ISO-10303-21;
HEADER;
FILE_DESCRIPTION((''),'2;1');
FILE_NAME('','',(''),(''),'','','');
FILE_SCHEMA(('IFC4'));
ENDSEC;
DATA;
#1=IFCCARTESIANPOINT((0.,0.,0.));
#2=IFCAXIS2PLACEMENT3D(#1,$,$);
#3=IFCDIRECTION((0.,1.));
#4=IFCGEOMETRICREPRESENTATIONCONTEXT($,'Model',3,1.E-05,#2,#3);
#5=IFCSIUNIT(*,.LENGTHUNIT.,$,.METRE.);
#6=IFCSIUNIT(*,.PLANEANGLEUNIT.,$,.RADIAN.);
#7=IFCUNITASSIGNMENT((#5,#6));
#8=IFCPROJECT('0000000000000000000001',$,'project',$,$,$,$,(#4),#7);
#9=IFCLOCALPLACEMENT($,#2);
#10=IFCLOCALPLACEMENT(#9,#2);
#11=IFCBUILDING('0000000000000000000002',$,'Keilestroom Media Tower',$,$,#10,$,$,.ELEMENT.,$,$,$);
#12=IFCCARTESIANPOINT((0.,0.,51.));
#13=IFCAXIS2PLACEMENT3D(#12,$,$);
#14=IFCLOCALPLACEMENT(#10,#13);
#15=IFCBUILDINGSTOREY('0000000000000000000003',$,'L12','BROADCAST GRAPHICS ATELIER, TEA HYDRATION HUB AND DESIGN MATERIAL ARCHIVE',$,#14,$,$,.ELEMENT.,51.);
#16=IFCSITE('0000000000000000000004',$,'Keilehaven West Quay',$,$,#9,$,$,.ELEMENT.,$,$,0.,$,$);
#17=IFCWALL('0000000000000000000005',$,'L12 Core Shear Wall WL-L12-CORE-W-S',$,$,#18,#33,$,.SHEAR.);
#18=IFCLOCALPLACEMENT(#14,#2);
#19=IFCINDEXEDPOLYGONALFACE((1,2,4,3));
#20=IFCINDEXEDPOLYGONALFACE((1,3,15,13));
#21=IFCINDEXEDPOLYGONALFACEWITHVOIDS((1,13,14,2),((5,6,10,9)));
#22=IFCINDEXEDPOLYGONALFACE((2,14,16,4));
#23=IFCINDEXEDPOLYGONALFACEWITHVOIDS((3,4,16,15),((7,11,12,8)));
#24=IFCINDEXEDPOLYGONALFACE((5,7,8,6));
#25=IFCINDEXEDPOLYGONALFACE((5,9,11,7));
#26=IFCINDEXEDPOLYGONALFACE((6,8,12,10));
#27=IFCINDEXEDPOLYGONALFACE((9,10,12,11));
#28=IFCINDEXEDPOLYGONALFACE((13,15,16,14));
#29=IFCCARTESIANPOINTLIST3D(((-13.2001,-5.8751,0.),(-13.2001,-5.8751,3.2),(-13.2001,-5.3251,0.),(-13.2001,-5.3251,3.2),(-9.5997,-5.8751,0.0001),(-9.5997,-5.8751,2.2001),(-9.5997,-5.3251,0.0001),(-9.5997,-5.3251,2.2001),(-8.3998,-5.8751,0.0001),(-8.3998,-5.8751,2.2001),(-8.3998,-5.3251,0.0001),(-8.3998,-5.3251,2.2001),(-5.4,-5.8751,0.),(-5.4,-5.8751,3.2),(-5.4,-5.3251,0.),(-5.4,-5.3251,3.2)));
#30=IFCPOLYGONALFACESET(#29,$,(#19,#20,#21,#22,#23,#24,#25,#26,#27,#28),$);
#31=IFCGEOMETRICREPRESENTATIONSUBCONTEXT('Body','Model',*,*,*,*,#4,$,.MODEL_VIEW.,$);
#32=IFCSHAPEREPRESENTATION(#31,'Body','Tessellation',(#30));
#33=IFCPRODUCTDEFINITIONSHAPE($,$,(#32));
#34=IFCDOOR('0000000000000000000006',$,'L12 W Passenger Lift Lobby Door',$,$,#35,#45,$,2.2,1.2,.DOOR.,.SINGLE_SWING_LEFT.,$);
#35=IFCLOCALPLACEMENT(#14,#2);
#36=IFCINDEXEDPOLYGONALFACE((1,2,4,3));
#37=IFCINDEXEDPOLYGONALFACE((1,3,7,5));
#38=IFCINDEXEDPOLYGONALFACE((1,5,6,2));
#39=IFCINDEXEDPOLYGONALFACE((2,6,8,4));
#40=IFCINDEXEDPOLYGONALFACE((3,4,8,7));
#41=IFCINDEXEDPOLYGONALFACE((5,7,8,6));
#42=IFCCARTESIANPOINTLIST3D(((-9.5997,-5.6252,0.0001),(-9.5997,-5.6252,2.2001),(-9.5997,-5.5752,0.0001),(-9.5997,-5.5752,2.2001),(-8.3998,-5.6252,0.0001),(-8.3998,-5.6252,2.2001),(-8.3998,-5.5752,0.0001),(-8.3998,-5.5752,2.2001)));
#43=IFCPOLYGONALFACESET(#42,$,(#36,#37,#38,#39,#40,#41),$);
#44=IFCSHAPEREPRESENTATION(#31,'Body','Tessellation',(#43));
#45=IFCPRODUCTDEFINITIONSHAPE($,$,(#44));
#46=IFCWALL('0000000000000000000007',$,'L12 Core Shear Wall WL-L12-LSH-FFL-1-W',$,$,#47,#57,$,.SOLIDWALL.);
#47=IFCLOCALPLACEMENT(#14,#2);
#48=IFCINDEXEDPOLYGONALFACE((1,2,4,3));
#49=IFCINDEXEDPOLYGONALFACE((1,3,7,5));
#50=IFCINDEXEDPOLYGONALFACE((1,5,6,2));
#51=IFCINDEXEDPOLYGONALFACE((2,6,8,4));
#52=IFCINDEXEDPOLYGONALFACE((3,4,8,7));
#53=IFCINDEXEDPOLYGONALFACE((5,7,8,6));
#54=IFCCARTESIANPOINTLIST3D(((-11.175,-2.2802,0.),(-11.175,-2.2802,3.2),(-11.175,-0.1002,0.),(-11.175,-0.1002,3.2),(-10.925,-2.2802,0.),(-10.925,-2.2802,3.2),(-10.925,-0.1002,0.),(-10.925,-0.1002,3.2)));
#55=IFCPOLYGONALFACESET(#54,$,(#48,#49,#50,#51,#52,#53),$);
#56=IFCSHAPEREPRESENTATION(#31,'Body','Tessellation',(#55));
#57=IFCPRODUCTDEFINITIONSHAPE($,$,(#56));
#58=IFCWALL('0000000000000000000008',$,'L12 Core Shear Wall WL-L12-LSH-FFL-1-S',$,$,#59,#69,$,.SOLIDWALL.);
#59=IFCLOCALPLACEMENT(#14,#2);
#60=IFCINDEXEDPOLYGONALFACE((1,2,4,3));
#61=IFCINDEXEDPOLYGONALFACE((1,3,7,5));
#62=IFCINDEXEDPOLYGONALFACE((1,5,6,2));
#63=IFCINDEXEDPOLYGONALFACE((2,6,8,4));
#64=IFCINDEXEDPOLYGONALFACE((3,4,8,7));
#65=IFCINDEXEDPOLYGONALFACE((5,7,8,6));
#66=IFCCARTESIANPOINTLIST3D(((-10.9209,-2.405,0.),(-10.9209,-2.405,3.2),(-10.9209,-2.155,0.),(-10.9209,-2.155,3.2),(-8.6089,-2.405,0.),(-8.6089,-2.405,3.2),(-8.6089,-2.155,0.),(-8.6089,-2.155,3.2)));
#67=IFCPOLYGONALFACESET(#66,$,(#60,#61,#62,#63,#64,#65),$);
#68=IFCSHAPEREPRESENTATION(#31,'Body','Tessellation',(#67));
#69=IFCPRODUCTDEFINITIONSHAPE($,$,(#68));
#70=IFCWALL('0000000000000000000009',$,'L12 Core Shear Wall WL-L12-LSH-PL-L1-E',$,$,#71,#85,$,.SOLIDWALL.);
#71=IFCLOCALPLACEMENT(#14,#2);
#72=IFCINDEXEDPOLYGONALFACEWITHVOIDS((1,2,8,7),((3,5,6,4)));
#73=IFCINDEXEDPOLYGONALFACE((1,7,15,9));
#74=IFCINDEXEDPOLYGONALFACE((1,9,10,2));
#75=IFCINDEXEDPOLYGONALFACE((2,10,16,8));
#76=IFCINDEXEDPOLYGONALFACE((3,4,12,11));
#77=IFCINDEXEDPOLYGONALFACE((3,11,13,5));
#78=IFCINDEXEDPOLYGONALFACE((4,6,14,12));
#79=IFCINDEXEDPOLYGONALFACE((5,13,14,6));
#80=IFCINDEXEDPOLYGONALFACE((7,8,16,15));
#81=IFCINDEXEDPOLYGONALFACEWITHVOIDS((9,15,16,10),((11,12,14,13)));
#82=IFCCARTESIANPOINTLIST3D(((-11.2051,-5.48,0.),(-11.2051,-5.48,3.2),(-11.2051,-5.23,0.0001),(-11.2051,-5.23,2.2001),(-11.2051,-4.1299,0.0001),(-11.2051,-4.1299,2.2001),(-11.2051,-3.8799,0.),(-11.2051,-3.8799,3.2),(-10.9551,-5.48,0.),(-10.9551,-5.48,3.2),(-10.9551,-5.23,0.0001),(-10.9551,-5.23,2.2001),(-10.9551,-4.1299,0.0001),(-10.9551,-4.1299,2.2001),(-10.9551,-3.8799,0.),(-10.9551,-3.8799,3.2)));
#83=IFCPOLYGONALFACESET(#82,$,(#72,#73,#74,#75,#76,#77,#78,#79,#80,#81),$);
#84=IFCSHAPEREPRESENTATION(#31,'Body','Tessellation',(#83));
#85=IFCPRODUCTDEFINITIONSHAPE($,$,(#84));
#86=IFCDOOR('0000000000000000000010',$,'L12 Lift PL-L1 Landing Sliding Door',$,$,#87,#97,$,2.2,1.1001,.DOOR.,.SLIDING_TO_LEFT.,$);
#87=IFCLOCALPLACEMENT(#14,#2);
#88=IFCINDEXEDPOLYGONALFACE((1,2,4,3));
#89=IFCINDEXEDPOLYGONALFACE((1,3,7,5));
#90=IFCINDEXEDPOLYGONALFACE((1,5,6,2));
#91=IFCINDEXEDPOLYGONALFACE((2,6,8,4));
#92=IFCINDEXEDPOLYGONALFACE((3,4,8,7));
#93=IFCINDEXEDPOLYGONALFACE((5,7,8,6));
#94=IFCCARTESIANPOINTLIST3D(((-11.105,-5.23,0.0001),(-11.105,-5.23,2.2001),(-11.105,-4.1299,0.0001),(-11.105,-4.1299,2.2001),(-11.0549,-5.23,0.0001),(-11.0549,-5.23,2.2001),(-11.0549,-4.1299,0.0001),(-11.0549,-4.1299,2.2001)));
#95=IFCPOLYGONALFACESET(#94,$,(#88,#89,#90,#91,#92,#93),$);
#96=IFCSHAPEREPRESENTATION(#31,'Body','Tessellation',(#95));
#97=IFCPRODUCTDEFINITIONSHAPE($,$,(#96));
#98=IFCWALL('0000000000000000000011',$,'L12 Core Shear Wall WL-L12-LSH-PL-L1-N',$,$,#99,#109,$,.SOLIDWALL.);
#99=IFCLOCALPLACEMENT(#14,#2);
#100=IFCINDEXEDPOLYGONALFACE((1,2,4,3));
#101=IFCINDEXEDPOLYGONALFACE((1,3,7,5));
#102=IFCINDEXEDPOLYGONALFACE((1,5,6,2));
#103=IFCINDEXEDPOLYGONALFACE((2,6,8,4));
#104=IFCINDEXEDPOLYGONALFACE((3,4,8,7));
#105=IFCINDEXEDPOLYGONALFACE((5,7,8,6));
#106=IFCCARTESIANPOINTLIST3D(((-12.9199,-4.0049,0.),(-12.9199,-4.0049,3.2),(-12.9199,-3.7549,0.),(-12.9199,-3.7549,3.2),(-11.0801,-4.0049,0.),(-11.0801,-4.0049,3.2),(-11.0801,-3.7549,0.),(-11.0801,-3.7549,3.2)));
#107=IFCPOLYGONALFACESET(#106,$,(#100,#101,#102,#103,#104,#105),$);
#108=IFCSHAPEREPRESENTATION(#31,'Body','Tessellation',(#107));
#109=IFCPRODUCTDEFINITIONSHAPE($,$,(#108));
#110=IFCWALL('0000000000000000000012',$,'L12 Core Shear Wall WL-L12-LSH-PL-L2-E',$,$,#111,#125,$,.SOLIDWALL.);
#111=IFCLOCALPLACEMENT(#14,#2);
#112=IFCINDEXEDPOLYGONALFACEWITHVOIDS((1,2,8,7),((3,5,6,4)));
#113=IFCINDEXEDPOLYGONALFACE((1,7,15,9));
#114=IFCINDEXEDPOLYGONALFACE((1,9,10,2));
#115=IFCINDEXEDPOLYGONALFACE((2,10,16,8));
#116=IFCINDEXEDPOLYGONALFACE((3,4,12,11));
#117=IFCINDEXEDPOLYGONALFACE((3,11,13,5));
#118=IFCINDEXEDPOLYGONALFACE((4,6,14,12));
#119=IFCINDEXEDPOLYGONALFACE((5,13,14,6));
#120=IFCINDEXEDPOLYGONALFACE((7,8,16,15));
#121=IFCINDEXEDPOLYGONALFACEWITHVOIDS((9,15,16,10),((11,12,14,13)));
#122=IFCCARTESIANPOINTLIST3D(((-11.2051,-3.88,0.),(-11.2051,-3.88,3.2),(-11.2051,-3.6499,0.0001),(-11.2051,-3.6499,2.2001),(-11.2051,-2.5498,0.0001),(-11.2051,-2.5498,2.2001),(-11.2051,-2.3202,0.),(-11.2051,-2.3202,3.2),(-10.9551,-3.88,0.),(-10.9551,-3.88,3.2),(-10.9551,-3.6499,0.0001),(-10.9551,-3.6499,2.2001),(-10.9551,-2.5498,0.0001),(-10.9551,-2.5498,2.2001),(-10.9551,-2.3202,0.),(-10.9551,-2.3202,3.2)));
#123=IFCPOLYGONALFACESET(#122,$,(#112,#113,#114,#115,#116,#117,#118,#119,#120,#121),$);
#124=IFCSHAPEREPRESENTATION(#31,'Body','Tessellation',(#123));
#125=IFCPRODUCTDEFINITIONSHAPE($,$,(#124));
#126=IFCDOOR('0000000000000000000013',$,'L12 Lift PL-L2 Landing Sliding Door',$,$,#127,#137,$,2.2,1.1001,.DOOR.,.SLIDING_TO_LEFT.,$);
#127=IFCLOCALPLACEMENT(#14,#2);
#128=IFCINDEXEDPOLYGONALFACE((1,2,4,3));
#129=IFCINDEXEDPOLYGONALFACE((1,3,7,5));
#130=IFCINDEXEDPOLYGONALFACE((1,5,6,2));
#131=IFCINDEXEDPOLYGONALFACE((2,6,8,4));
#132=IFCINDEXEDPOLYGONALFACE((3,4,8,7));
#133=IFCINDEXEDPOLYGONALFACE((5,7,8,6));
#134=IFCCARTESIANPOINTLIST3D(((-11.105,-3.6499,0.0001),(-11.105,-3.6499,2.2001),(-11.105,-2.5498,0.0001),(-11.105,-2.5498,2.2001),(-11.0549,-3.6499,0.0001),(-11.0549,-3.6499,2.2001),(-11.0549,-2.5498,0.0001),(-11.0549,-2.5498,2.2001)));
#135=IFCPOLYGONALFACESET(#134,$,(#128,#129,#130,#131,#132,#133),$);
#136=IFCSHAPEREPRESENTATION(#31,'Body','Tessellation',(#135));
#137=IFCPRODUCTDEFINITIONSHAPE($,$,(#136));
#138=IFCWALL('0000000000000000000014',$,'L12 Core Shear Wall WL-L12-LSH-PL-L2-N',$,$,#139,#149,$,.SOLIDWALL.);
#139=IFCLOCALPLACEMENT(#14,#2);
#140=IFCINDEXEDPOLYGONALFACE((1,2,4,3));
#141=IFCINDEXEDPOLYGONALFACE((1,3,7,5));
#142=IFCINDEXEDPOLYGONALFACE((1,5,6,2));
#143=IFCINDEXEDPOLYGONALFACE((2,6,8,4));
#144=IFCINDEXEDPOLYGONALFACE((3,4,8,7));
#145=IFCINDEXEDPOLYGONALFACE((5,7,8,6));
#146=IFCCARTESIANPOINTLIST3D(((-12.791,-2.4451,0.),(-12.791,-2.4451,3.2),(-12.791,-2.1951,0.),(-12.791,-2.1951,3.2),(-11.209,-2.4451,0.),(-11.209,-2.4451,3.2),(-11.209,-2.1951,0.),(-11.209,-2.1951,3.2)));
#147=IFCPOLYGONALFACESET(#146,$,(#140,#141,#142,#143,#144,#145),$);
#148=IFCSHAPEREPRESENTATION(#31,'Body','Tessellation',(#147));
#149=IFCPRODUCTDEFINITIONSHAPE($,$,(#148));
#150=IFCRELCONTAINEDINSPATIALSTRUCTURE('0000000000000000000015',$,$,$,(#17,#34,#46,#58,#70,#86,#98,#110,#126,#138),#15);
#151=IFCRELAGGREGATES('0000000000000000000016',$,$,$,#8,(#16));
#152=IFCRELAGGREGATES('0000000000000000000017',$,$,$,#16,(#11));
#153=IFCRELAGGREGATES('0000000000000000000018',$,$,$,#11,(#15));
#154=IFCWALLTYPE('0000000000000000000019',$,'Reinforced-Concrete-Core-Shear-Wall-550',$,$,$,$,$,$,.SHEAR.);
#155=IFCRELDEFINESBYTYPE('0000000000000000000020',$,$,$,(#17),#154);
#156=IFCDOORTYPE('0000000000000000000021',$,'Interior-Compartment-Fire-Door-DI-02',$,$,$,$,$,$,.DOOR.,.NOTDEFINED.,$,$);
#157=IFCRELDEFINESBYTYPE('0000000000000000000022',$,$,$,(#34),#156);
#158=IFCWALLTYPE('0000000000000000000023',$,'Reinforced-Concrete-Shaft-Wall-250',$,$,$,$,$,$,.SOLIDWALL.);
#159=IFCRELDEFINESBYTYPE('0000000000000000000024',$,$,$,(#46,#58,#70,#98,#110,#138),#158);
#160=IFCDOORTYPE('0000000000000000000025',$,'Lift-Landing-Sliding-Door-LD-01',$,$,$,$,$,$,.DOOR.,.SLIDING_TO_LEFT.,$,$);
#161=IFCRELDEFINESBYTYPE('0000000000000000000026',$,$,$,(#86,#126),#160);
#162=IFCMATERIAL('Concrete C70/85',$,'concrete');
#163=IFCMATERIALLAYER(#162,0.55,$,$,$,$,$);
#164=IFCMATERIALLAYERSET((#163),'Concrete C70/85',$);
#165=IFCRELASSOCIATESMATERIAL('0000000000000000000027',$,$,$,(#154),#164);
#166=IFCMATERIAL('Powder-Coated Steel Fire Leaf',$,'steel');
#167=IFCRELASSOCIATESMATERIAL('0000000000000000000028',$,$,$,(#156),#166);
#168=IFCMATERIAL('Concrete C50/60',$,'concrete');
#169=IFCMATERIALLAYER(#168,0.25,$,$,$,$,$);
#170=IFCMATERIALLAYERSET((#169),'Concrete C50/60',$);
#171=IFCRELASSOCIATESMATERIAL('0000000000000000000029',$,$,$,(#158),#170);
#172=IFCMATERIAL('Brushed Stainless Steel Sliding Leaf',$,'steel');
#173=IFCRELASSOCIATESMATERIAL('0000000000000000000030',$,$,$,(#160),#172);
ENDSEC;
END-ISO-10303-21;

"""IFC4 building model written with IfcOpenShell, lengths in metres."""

from ifc_helpers import new_model, si_unit, direction, frame, frame_2d, origin, place, context, subcontext, project, spatial, rectangle, extrude, source, transform, mapped, material, layer, layer_set, type_object, element, fill, save


model = new_model("IFC4")

# Units and contexts
model_context = context("Model", 3, precision=1e-05, world=origin(), true_north=direction((0.0, 1.0)))
body_context = subcontext(model_context, "Body", "Model", "MODEL_VIEW")
ifc_project = project(units=[si_unit("LENGTHUNIT", "METRE"), si_unit("PLANEANGLEUNIT", "RADIAN")], contexts=[model_context])

# Site, building, storey
site_placement = place(None, origin())
site = spatial("IfcSite", under=ifc_project, at=site_placement, Name="Keilehaven West Quay", CompositionType="ELEMENT", RefElevation=0.0)
building_placement = place(site_placement, origin())
building = spatial("IfcBuilding", under=site, at=building_placement, Name="Keilestroom Media Tower", CompositionType="ELEMENT")
storey_placement = place(building_placement, frame((0.0, 0.0, 51.0)))
storey = spatial("IfcBuildingStorey", under=building, at=storey_placement, Name="L12", Description="BROADCAST GRAPHICS ATELIER, TEA HYDRATION HUB AND DESIGN MATERIAL ARCHIVE", CompositionType="ELEMENT", Elevation=51.0)

# Shared definitions
ifc_material_1 = material(Name="Concrete C70/85", Category="concrete")
ifc_layer_1 = layer(ifc_material_1, 0.55)
ifc_layer_set_1 = layer_set([ifc_layer_1], Name="Concrete C70/85")
wall_type_1 = type_object("IfcWallType", Name="Reinforced-Concrete-Core-Shear-Wall-550", PredefinedType="SHEAR", material=ifc_layer_set_1)

# Wall, opening, door
wall_1_placement = place(storey_placement, frame((-13.2, -5.6001, 0.0), z_axis=(0.0, 0.0, 1.0), x_axis=(1.0, 0.0, 0.0)))
wall_1 = element("IfcWall", 1, at=wall_1_placement, inside=storey, type_object=wall_type_1, Name="L12 Core Shear Wall WL-L12-CORE-W-S", PredefinedType="SHEAR", context=body_context, shape_type="SweptSolid", body=[
    extrude(rectangle(XDim=7.8, YDim=0.55, at=frame_2d((3.8999, 0.0))), origin(), (0.0, 0.0, 1.0), 3.2),
])
opening_1_placement = place(wall_1_placement, frame((3.6001, 0.0, 0.0)))
opening_1 = element("IfcOpeningElement", 2, at=opening_1_placement, cuts=wall_1, PredefinedType="OPENING", context=body_context, shape_type="SweptSolid", body=[
    extrude(rectangle(XDim=1.2, YDim=2.2, at=frame_2d((0.6001, 1.1001))), frame((0.0, 0.2852, 0.0), z_axis=(0.0, -1.0, 0.0), x_axis=(1.0, 0.0, 0.0)), (0.0, 0.0, 1.0), 0.5701),
])
ifc_material_2 = material(Name="Powder-Coated Steel Fire Leaf", Category="steel")
door_type_1 = type_object("IfcDoorType", Name="Interior-Compartment-Fire-Door-DI-02", OperationType="NOTDEFINED", PredefinedType="DOOR", material=ifc_material_2)
shared_shape_1 = source(origin(), body_context, "Body", "SweptSolid", [
    extrude(rectangle(XDim=1.2, YDim=2.2, at=frame_2d((0.6001, 1.1001))), frame((0.0, 0.0249, 0.0), z_axis=(0.0, -1.0, 0.0), x_axis=(1.0, 0.0, 0.0)), (0.0, 0.0, 1.0), 0.05),
])
door_1_placement = place(opening_1_placement, origin())
door_1 = element("IfcDoor", 3, at=door_1_placement, inside=storey, type_object=door_type_1, Name="L12 W Passenger Lift Lobby Door", OperationType="SINGLE_SWING_LEFT", OverallHeight=2.2, OverallWidth=1.2, PredefinedType="DOOR", context=body_context, shape_type="MappedRepresentation", body=[
    mapped(shared_shape_1, transform((0.0, 0.0, 0.0), x_axis=(1.0, 0.0, 0.0), y_axis=(0.0, 1.0, 0.0), z_axis=(0.0, 0.0, 1.0), scale=1.0)),
])
fill(opening_1, door_1)

# Walls
ifc_material_3 = material(Name="Concrete C50/60", Category="concrete")
ifc_layer_2 = layer(ifc_material_3, 0.25)
ifc_layer_set_2 = layer_set([ifc_layer_2], Name="Concrete C50/60")
wall_type_2 = type_object("IfcWallType", Name="Reinforced-Concrete-Shaft-Wall-250", PredefinedType="SOLIDWALL", material=ifc_layer_set_2)
wall_2_placement = place(storey_placement, frame((-11.05, -2.28, 0.0), z_axis=(0.0, 0.0, 1.0), x_axis=(0.0, 1.0, 0.0)))
element("IfcWall", 4, at=wall_2_placement, inside=storey, type_object=wall_type_2, Name="L12 Core Shear Wall WL-L12-LSH-FFL-1-W", PredefinedType="SOLIDWALL", context=body_context, shape_type="SweptSolid", body=[
    extrude(rectangle(XDim=2.1799, YDim=0.25, at=frame_2d((1.0898, 0.0))), origin(), (0.0, 0.0, 1.0), 3.2),
])
wall_3_placement = place(storey_placement, frame((-10.9209, -2.28, 0.0), z_axis=(0.0, 0.0, 1.0), x_axis=(1.0, 0.0, 0.0)))
element("IfcWall", 5, at=wall_3_placement, inside=storey, type_object=wall_type_2, Name="L12 Core Shear Wall WL-L12-LSH-FFL-1-S", PredefinedType="SOLIDWALL", context=body_context, shape_type="SweptSolid", body=[
    extrude(rectangle(XDim=2.312, YDim=0.25, at=frame_2d((1.156, 0.0))), origin(), (0.0, 0.0, 1.0), 3.2),
])

# Wall, opening, door
wall_4_placement = place(storey_placement, frame((-11.0801, -5.48, 0.0), z_axis=(0.0, 0.0, 1.0), x_axis=(0.0, 1.0, 0.0)))
wall_4 = element("IfcWall", 6, at=wall_4_placement, inside=storey, type_object=wall_type_2, Name="L12 Core Shear Wall WL-L12-LSH-PL-L1-E", PredefinedType="SOLIDWALL", context=body_context, shape_type="SweptSolid", body=[
    extrude(rectangle(XDim=1.6001, YDim=0.25, at=frame_2d((0.8, 0.0))), origin(), (0.0, 0.0, 1.0), 3.2),
])
opening_2_placement = place(wall_4_placement, frame((0.25, 0.0, 0.0)))
opening_2 = element("IfcOpeningElement", 7, at=opening_2_placement, cuts=wall_4, PredefinedType="OPENING", context=body_context, shape_type="SweptSolid", body=[
    extrude(rectangle(XDim=1.1001, YDim=2.2, at=frame_2d((0.55, 1.1001))), frame((0.0, 0.135, 0.0), z_axis=(0.0, -1.0, 0.0), x_axis=(1.0, 0.0, 0.0)), (0.0, 0.0, 1.0), 0.27),
])
ifc_material_4 = material(Name="Brushed Stainless Steel Sliding Leaf", Category="steel")
door_type_2 = type_object("IfcDoorType", Name="Lift-Landing-Sliding-Door-LD-01", OperationType="SLIDING_TO_LEFT", PredefinedType="DOOR", material=ifc_material_4)
shared_shape_2 = source(origin(), body_context, "Body", "SweptSolid", [
    extrude(rectangle(XDim=1.1001, YDim=2.2, at=frame_2d((0.55, 1.1001))), frame((0.0, 0.0249, 0.0), z_axis=(0.0, -1.0, 0.0), x_axis=(1.0, 0.0, 0.0)), (0.0, 0.0, 1.0), 0.05),
])
door_2_placement = place(opening_2_placement, origin())
door_2 = element("IfcDoor", 8, at=door_2_placement, inside=storey, type_object=door_type_2, Name="L12 Lift PL-L1 Landing Sliding Door", OperationType="SLIDING_TO_LEFT", OverallHeight=2.2, OverallWidth=1.1001, PredefinedType="DOOR", context=body_context, shape_type="MappedRepresentation", body=[
    mapped(shared_shape_2, transform((0.0, 0.0, 0.0), x_axis=(1.0, 0.0, 0.0), y_axis=(0.0, 1.0, 0.0), z_axis=(0.0, 0.0, 1.0), scale=1.0)),
])
fill(opening_2, door_2)

# Wall
wall_5_placement = place(storey_placement, frame((-12.9199, -3.8799, 0.0), z_axis=(0.0, 0.0, 1.0), x_axis=(1.0, 0.0, 0.0)))
element("IfcWall", 9, at=wall_5_placement, inside=storey, type_object=wall_type_2, Name="L12 Core Shear Wall WL-L12-LSH-PL-L1-N", PredefinedType="SOLIDWALL", context=body_context, shape_type="SweptSolid", body=[
    extrude(rectangle(XDim=1.8398, YDim=0.25, at=frame_2d((0.9199, 0.0))), origin(), (0.0, 0.0, 1.0), 3.2),
])

# Wall, opening, door
wall_6_placement = place(storey_placement, frame((-11.0801, -3.8799, 0.0), z_axis=(0.0, 0.0, 1.0), x_axis=(0.0, 1.0, 0.0)))
wall_6 = element("IfcWall", 10, at=wall_6_placement, inside=storey, type_object=wall_type_2, Name="L12 Core Shear Wall WL-L12-LSH-PL-L2-E", PredefinedType="SOLIDWALL", context=body_context, shape_type="SweptSolid", body=[
    extrude(rectangle(XDim=1.5598, YDim=0.25, at=frame_2d((0.7798, 0.0))), origin(), (0.0, 0.0, 1.0), 3.2),
])
opening_3_placement = place(wall_6_placement, frame((0.23, 0.0, 0.0)))
opening_3 = element("IfcOpeningElement", 11, at=opening_3_placement, cuts=wall_6, PredefinedType="OPENING", context=body_context, shape_type="SweptSolid", body=[
    extrude(rectangle(XDim=1.1001, YDim=2.2, at=frame_2d((0.55, 1.1001))), frame((0.0, 0.135, 0.0), z_axis=(0.0, -1.0, 0.0), x_axis=(1.0, 0.0, 0.0)), (0.0, 0.0, 1.0), 0.27),
])
door_3_placement = place(opening_3_placement, origin())
door_3 = element("IfcDoor", 12, at=door_3_placement, inside=storey, type_object=door_type_2, Name="L12 Lift PL-L2 Landing Sliding Door", OperationType="SLIDING_TO_LEFT", OverallHeight=2.2, OverallWidth=1.1001, PredefinedType="DOOR", context=body_context, shape_type="MappedRepresentation", body=[
    mapped(shared_shape_2, transform((0.0, 0.0, 0.0), x_axis=(1.0, 0.0, 0.0), y_axis=(0.0, 1.0, 0.0), z_axis=(0.0, 0.0, 1.0), scale=1.0)),
])
fill(opening_3, door_3)

# Wall
wall_7_placement = place(storey_placement, frame((-12.791, -2.3201, 0.0), z_axis=(0.0, 0.0, 1.0), x_axis=(1.0, 0.0, 0.0)))
element("IfcWall", 13, at=wall_7_placement, inside=storey, type_object=wall_type_2, Name="L12 Core Shear Wall WL-L12-LSH-PL-L2-N", PredefinedType="SOLIDWALL", context=body_context, shape_type="SweptSolid", body=[
    extrude(rectangle(XDim=1.582, YDim=0.25, at=frame_2d((0.791, 0.0))), origin(), (0.0, 0.0, 1.0), 3.2),
])

save(model, "model.ifc")
